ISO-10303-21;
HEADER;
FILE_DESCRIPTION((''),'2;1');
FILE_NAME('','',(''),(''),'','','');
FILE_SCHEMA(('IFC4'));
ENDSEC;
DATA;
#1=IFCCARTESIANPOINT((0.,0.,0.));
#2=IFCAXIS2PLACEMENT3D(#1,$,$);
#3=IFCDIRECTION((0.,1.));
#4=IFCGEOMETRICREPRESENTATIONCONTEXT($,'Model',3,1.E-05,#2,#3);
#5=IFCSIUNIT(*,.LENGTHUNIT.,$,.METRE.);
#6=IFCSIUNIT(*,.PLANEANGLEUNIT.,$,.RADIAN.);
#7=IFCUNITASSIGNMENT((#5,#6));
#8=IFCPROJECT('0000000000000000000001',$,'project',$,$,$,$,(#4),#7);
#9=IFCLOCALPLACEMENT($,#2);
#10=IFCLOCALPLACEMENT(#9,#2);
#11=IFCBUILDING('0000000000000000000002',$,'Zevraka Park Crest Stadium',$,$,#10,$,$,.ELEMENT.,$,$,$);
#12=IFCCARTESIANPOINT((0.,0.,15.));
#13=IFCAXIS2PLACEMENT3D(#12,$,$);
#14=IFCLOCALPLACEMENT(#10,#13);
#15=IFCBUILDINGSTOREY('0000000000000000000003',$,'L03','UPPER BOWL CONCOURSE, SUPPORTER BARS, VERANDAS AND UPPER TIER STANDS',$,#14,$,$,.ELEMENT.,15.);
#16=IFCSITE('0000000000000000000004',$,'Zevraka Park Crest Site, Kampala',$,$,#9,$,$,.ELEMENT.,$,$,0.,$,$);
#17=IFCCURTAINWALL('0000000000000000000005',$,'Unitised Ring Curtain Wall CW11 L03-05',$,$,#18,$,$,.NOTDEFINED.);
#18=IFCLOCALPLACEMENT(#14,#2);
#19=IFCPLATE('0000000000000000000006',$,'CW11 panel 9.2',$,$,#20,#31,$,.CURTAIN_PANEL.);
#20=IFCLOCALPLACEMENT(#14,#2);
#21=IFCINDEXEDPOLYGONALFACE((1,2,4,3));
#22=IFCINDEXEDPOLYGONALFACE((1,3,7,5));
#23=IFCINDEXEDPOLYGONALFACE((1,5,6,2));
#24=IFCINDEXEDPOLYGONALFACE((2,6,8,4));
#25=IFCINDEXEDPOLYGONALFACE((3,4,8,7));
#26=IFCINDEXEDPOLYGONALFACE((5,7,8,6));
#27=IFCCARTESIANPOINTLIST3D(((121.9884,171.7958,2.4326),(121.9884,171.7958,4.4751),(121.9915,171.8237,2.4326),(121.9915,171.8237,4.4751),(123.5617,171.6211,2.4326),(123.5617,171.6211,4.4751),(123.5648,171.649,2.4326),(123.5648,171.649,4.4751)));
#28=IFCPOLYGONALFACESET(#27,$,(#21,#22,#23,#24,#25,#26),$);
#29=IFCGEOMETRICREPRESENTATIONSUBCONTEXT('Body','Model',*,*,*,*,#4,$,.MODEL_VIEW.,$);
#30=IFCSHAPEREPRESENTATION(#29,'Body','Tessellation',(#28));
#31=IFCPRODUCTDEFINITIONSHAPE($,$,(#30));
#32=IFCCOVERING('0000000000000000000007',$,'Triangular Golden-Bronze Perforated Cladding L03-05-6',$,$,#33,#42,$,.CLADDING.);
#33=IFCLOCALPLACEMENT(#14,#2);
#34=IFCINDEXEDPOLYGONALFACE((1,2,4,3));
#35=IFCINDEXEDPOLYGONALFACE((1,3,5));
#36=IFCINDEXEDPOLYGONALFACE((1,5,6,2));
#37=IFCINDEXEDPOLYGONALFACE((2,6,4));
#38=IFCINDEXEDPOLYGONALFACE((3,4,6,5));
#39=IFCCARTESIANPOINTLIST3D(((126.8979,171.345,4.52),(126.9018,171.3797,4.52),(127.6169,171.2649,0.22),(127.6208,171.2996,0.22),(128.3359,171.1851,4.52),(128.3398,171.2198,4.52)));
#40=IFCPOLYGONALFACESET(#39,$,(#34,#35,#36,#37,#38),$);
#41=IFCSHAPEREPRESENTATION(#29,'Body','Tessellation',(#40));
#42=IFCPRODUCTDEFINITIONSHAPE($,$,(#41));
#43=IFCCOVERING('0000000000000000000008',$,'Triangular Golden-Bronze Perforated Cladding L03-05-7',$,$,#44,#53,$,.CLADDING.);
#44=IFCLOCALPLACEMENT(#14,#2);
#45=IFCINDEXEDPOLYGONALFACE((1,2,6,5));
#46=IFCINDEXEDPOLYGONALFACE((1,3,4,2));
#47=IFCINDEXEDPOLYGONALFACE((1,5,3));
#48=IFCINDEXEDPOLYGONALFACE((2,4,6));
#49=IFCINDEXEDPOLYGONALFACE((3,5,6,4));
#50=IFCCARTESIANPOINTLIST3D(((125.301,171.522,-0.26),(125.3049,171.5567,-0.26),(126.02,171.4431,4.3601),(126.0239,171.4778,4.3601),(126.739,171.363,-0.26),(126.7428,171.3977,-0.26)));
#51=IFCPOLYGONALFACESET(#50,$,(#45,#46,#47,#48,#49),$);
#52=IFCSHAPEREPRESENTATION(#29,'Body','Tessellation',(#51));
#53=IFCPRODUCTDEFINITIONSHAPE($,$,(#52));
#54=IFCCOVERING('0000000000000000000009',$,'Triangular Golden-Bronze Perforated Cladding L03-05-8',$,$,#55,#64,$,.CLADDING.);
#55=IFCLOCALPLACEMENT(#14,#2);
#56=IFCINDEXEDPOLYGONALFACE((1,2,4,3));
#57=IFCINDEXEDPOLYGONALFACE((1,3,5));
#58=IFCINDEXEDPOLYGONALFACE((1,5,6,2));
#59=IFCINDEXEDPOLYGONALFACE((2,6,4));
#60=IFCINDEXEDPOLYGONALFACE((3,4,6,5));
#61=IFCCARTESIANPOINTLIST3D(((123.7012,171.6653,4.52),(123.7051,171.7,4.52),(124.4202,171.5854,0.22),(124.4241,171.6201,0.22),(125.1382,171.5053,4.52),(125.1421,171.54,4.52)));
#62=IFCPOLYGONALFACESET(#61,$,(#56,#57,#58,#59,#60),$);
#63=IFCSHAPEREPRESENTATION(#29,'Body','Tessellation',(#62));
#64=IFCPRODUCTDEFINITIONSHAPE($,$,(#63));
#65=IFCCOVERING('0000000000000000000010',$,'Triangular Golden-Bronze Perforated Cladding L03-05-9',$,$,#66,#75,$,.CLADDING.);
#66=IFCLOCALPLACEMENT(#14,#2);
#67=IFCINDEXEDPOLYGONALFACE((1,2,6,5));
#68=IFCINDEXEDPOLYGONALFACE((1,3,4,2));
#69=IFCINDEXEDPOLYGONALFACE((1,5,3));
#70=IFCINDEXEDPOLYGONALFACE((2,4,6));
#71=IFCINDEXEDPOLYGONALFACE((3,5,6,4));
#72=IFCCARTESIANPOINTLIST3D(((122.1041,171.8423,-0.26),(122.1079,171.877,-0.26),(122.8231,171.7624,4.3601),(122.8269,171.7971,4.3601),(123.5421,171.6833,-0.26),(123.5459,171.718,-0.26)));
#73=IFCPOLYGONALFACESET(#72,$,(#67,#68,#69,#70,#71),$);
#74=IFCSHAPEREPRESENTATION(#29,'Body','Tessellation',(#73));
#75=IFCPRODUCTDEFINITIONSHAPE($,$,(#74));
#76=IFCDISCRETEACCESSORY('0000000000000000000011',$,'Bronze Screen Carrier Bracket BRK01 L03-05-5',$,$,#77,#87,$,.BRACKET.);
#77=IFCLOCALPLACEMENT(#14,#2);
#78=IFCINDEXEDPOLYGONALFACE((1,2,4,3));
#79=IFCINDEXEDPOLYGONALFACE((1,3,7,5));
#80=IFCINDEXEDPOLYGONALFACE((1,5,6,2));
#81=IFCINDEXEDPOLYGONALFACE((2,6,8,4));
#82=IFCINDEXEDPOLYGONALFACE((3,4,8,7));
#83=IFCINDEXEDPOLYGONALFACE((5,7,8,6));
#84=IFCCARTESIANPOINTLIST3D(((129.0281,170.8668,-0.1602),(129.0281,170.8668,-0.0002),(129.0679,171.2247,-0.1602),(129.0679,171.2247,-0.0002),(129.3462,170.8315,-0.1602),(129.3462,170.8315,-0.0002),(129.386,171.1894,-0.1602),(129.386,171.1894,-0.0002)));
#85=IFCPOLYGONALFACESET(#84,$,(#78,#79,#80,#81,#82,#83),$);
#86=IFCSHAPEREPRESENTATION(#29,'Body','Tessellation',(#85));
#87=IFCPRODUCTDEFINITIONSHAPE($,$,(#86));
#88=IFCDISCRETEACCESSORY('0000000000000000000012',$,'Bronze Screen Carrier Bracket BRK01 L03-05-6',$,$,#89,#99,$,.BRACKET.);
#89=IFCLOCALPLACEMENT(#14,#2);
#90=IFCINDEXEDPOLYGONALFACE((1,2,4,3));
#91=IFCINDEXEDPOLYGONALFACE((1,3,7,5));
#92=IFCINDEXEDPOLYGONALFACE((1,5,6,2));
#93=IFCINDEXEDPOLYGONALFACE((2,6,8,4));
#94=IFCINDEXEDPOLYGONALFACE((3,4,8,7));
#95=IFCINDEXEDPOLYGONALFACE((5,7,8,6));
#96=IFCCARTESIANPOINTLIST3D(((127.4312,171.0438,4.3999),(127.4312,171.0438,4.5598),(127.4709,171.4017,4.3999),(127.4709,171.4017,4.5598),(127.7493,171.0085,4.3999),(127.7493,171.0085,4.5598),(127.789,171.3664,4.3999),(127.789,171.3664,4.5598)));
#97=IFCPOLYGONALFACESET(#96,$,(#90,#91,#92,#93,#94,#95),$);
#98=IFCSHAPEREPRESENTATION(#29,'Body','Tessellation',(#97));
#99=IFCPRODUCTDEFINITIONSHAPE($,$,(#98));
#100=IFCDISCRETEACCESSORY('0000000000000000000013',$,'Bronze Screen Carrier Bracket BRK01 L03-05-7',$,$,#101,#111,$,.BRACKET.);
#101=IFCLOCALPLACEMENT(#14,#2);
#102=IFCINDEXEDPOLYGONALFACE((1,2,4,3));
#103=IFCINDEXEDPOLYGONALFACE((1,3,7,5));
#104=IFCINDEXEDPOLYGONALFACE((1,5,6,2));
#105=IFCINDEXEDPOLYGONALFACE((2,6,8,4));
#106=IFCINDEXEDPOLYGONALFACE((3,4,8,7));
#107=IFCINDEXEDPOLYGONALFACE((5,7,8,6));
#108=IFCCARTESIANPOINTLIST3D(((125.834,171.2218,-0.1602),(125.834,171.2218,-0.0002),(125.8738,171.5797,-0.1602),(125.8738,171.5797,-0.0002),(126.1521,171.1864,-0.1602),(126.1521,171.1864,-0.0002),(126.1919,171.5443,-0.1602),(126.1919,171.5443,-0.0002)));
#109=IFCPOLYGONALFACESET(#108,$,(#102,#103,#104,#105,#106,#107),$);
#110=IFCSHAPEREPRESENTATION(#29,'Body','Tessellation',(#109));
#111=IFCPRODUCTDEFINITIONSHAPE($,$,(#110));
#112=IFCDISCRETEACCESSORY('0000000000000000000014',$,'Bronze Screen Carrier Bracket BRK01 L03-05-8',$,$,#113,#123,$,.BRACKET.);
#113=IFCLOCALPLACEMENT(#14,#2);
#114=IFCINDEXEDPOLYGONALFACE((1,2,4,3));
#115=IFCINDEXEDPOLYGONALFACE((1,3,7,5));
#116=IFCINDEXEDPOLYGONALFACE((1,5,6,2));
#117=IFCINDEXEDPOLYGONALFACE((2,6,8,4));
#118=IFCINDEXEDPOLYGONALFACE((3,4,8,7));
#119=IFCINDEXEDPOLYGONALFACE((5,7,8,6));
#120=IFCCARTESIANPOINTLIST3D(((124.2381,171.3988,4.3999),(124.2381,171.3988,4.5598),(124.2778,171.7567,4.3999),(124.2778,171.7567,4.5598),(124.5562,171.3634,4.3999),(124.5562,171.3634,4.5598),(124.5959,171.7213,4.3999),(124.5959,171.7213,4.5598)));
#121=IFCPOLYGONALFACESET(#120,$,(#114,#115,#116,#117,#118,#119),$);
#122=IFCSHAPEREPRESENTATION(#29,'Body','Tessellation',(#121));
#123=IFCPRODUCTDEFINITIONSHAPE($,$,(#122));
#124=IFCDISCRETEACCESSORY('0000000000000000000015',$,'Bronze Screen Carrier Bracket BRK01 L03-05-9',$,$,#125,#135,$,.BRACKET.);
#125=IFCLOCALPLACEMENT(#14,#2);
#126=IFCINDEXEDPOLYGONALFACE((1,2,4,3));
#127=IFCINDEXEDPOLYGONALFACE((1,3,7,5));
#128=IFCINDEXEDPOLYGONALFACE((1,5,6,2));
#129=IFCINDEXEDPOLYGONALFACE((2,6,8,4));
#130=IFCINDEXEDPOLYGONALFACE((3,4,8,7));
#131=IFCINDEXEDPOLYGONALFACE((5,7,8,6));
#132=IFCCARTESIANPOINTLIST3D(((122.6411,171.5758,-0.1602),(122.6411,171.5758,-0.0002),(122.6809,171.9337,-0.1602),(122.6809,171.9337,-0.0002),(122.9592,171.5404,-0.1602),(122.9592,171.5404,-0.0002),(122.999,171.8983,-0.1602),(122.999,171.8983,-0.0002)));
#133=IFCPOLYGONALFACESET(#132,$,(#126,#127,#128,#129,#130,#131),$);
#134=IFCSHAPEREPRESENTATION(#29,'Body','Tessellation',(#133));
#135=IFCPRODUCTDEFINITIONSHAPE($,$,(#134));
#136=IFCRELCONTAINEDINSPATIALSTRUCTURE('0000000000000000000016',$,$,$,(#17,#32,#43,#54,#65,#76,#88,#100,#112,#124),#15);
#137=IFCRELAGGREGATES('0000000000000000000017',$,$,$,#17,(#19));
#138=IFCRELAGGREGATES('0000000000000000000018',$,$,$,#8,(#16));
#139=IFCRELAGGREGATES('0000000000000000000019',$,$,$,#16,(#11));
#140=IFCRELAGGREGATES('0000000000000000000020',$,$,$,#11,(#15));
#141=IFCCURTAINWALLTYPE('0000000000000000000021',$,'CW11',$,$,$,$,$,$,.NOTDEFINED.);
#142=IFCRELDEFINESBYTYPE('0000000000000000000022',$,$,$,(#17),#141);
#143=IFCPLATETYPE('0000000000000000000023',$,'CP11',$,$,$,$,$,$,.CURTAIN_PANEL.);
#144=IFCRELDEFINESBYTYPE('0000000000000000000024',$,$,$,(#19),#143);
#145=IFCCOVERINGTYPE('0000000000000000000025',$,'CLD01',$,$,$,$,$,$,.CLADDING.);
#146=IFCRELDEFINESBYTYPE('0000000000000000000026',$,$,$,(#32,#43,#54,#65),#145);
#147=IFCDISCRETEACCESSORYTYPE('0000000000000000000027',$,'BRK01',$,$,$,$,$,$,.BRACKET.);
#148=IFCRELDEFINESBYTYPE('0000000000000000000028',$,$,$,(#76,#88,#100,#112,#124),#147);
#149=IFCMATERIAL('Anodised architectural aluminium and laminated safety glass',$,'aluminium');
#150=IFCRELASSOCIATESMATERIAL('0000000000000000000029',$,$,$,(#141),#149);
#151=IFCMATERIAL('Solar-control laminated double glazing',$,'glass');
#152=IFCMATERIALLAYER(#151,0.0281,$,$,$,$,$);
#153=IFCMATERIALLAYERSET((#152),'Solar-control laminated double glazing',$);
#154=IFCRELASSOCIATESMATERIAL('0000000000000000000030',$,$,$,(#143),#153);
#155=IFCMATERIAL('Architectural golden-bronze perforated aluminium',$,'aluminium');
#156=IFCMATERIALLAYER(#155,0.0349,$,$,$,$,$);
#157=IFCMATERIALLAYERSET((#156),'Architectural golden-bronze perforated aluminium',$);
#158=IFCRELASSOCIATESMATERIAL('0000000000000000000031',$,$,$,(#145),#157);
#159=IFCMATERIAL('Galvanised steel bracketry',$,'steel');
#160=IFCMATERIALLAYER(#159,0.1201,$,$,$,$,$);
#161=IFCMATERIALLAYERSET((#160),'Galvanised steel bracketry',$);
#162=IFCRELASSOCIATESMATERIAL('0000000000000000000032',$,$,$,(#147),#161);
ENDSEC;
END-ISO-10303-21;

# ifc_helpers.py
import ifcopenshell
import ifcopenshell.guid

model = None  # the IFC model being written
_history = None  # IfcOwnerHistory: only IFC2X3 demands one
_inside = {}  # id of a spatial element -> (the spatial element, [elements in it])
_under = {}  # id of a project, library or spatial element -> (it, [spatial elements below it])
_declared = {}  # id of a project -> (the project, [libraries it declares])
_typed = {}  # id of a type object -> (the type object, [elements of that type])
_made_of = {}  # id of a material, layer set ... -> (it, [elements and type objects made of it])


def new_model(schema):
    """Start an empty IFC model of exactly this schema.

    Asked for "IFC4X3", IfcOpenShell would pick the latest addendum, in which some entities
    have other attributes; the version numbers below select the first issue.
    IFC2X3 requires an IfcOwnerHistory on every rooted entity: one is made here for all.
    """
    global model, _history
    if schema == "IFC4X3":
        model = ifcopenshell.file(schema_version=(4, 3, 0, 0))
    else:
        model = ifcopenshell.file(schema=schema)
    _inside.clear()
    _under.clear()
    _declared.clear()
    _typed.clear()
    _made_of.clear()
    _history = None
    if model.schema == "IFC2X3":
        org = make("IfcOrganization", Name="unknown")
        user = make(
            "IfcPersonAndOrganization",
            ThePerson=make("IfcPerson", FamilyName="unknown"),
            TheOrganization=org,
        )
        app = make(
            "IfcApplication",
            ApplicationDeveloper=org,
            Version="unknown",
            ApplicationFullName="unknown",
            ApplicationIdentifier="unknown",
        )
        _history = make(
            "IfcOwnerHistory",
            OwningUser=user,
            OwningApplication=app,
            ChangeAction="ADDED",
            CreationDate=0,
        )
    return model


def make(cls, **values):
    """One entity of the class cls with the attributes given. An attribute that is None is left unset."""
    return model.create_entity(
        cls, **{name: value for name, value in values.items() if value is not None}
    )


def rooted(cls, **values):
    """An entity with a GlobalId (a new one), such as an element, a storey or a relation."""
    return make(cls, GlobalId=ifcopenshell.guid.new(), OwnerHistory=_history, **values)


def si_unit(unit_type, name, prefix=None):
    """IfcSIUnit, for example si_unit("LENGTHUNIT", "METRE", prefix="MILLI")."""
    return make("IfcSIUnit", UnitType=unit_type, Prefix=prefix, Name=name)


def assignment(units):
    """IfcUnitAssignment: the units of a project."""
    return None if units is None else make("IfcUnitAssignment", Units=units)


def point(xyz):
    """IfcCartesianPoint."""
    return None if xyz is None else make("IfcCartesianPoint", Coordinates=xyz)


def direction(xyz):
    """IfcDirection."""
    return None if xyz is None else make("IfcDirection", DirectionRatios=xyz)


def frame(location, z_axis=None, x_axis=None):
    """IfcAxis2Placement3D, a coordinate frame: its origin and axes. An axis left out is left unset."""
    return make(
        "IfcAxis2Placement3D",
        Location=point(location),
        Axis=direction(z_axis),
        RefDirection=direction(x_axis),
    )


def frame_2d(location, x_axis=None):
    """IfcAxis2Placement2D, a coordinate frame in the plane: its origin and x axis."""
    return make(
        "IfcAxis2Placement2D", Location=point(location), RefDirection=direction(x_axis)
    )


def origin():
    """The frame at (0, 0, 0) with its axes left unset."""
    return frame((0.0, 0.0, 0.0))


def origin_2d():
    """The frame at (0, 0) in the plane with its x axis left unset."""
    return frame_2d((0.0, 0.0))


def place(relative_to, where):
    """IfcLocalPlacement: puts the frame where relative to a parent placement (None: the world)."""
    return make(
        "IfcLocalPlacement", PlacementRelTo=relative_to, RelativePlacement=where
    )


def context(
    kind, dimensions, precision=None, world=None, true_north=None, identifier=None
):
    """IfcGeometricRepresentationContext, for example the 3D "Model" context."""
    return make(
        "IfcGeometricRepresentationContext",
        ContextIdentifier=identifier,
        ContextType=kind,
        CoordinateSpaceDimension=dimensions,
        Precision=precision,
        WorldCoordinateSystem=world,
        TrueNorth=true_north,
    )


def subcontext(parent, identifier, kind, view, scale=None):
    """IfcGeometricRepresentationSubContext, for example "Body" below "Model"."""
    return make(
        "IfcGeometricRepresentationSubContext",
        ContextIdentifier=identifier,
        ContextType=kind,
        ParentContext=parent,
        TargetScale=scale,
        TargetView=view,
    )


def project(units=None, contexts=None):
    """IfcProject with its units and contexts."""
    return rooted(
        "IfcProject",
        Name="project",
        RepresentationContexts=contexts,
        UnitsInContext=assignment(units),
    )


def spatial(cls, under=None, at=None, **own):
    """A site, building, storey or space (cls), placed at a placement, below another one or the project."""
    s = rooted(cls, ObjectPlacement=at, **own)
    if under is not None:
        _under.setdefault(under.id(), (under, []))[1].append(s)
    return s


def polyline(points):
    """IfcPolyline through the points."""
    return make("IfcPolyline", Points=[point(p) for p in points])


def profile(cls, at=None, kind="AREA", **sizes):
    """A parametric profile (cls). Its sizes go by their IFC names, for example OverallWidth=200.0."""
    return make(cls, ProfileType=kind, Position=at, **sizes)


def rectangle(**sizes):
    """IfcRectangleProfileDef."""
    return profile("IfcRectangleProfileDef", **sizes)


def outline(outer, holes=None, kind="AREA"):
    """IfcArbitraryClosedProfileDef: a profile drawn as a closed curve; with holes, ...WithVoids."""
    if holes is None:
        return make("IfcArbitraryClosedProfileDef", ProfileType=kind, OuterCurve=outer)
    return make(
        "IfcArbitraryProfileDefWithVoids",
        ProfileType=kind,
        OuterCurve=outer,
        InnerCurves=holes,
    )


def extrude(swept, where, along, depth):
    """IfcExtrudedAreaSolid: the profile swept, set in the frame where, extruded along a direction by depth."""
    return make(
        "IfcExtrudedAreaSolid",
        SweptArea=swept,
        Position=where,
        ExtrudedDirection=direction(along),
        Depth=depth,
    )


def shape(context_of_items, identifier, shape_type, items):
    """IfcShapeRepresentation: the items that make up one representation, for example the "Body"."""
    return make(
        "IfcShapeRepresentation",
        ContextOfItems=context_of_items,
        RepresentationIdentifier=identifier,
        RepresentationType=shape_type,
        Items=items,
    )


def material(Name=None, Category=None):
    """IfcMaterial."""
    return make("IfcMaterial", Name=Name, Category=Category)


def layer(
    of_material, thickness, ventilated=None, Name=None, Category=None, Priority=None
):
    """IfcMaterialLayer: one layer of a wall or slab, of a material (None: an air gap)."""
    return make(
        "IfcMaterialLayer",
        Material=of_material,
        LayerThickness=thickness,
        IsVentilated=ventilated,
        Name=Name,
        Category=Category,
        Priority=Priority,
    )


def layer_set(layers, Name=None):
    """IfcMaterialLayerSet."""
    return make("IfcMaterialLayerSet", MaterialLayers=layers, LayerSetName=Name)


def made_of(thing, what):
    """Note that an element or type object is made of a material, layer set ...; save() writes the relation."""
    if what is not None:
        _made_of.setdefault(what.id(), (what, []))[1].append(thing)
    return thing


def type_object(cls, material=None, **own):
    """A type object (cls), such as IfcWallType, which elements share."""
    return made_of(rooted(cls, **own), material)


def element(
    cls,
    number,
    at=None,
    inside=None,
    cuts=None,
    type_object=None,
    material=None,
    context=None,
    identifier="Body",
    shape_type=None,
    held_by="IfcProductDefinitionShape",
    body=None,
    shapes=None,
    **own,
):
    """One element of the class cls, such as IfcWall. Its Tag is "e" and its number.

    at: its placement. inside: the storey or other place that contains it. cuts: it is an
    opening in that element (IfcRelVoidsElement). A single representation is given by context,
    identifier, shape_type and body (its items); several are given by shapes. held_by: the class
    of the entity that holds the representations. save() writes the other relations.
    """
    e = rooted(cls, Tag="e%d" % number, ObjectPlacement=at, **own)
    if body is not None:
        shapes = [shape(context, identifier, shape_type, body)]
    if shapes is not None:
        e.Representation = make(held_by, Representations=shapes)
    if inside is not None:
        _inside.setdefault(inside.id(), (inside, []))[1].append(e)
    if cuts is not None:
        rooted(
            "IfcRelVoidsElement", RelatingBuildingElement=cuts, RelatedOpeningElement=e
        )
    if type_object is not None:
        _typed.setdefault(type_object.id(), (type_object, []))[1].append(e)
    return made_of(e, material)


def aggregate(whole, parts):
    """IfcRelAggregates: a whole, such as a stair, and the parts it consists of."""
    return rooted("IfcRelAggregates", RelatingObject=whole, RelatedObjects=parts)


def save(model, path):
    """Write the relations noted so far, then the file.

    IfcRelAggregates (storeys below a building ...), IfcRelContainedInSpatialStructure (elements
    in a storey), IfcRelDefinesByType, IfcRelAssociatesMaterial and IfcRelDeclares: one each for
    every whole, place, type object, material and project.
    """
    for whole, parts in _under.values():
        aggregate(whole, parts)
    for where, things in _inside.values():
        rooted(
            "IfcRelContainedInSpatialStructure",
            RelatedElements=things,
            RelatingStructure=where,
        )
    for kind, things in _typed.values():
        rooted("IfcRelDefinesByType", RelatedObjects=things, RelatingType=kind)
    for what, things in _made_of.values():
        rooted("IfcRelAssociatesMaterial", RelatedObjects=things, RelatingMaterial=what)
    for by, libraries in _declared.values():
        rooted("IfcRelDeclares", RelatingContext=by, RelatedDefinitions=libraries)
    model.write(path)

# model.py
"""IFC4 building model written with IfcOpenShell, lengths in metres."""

from ifc_helpers import new_model, si_unit, direction, frame, origin, origin_2d, place, context, subcontext, project, spatial, polyline, rectangle, outline, extrude, material, layer, layer_set, type_object, element, aggregate, save


model = new_model("IFC4")

# Units and contexts
model_context = context("Model", 3, precision=1e-05, world=origin(), true_north=direction((0.0, 1.0)))
body_context = subcontext(model_context, "Body", "Model", "MODEL_VIEW")
ifc_project = project(units=[si_unit("LENGTHUNIT", "METRE"), si_unit("PLANEANGLEUNIT", "RADIAN")], contexts=[model_context])

# Site, building, storey
site_placement = place(None, origin())
site = spatial("IfcSite", under=ifc_project, at=site_placement, Name="Zevraka Park Crest Site, Kampala", CompositionType="ELEMENT", RefElevation=0.0)
building_placement = place(site_placement, origin())
building = spatial("IfcBuilding", under=site, at=building_placement, Name="Zevraka Park Crest Stadium", CompositionType="ELEMENT")
storey_placement = place(building_placement, frame((0.0, 0.0, 15.0)))
storey = spatial("IfcBuildingStorey", under=building, at=storey_placement, Name="L03", Description="UPPER BOWL CONCOURSE, SUPPORTER BARS, VERANDAS AND UPPER TIER STANDS", CompositionType="ELEMENT", Elevation=15.0)

# Curtain wall, plate
ifc_material_1 = material(Name="Anodised architectural aluminium and laminated safety glass", Category="aluminium")
curtain_wall_type = type_object("IfcCurtainWallType", Name="CW11", PredefinedType="NOTDEFINED", material=ifc_material_1)
curtain_wall_placement = place(storey_placement, origin())
curtain_wall = element("IfcCurtainWall", 1, at=curtain_wall_placement, inside=storey, type_object=curtain_wall_type, Name="Unitised Ring Curtain Wall CW11 L03-05", PredefinedType="NOTDEFINED")
ifc_material_2 = material(Name="Solar-control laminated double glazing", Category="glass")
ifc_layer_1 = layer(ifc_material_2, 0.0281)
ifc_layer_set_1 = layer_set([ifc_layer_1], Name="Solar-control laminated double glazing")
plate_type = type_object("IfcPlateType", Name="CP11", PredefinedType="CURTAIN_PANEL", material=ifc_layer_set_1)
plate_1_placement = place(storey_placement, frame((122.7766, 171.7224, 2.4326), z_axis=(0.0, 0.0, 1.0), x_axis=(-0.993888, 0.110396, 0.0)))
plate_1 = element("IfcPlate", 2, at=plate_1_placement, type_object=plate_type, Name="CW11 panel 9.2", PredefinedType="CURTAIN_PANEL", context=body_context, shape_type="SweptSolid", body=[
    extrude(rectangle(XDim=1.583, YDim=0.0281, at=origin_2d()), origin(), (0.0, 0.0, 1.0), 2.0425),
])
aggregate(curtain_wall, [plate_1])

# Coverings
ifc_material_3 = material(Name="Architectural golden-bronze perforated aluminium", Category="aluminium")
ifc_layer_2 = layer(ifc_material_3, 0.0349)
ifc_layer_set_2 = layer_set([ifc_layer_2], Name="Architectural golden-bronze perforated aluminium")
covering_type = type_object("IfcCoveringType", Name="CLD01", PredefinedType="CLADDING", material=ifc_layer_set_2)
covering_1_placement = place(storey_placement, frame((126.8979, 171.345, 4.52), z_axis=(-0.110524, -0.993873, 0.000028), x_axis=(0.993873, -0.110524, 0.0)))
element("IfcCovering", 3, at=covering_1_placement, inside=storey, type_object=covering_type, Name="Triangular Golden-Bronze Perforated Cladding L03-05-6", PredefinedType="CLADDING", context=body_context, shape_type="SweptSolid", body=[
    extrude(outline(polyline([(0.0, 0.0), (1.4469, 0.0), (0.7234, -4.3), (0.0, 0.0)])), origin(), (0.0, 0.0, -1.0), 0.0349),
])
covering_2_placement = place(storey_placement, frame((126.739, 171.363, -0.26), z_axis=(-0.109857, -0.993947, 0.000131), x_axis=(-0.993947, 0.109857, 0.0)))
element("IfcCovering", 4, at=covering_2_placement, inside=storey, type_object=covering_type, Name="Triangular Golden-Bronze Perforated Cladding L03-05-7", PredefinedType="CLADDING", context=body_context, shape_type="SweptSolid", body=[
    extrude(outline(polyline([(0.0, 0.0), (1.4467, 0.0), (0.7234, -4.6201), (0.0, 0.0)])), origin(), (0.0, 0.0, -1.0), 0.0349),
])
covering_3_placement = place(storey_placement, frame((123.7051, 171.7, 4.52), z_axis=(0.110598, 0.993865, 0.000041), x_axis=(0.993865, -0.110598, 0.0)))
element("IfcCovering", 5, at=covering_3_placement, inside=storey, type_object=covering_type, Name="Triangular Golden-Bronze Perforated Cladding L03-05-8", PredefinedType="CLADDING", context=body_context, shape_type="SweptSolid", body=[
    extrude(outline(polyline([(0.0, 0.0), (1.4459, 0.0), (0.7234, 4.3), (0.0, 0.0)])), origin(), (0.0, 0.0, -1.0), 0.0349),
])
covering_4_placement = place(storey_placement, frame((123.5459, 171.718, -0.26), z_axis=(0.109857, 0.993947, 0.000079), x_axis=(-0.993947, 0.109857, 0.0)))
element("IfcCovering", 6, at=covering_4_placement, inside=storey, type_object=covering_type, Name="Triangular Golden-Bronze Perforated Cladding L03-05-9", PredefinedType="CLADDING", context=body_context, shape_type="SweptSolid", body=[
    extrude(outline(polyline([(0.0, 0.0), (1.4467, 0.0), (0.7233, 4.6201), (0.0, 0.0)])), origin(), (0.0, 0.0, -1.0), 0.0349),
])

# Discrete accessories
ifc_material_4 = material(Name="Galvanised steel bracketry", Category="steel")
ifc_layer_3 = layer(ifc_material_4, 0.1201)
ifc_layer_set_3 = layer_set([ifc_layer_3], Name="Galvanised steel bracketry")
discrete_accessory_type = type_object("IfcDiscreteAccessoryType", Name="BRK01", PredefinedType="BRACKET", material=ifc_layer_set_3)
for number, where, z_axis, x_axis, name in (
    (7, (129.207, 171.0281, -0.1602), (0.0, 0.0, 1.0), (-0.993884, 0.110428, 0.0), "Bronze Screen Carrier Bracket BRK01 L03-05-5"),
    (8, (127.6101, 171.2051, 4.3999), (0.0, 0.0, 1.0), (-0.993884, 0.110428, 0.0), "Bronze Screen Carrier Bracket BRK01 L03-05-6"),
    (9, (126.0129, 171.3831, -0.1602), (0.0, 0.0, 1.0), (-0.993884, 0.110428, 0.0), "Bronze Screen Carrier Bracket BRK01 L03-05-7"),
    (10, (124.417, 171.5601, 4.3999), (0.0, 0.0, 1.0), (-0.993884, 0.110428, 0.0), "Bronze Screen Carrier Bracket BRK01 L03-05-8"),
    (11, (122.8201, 171.7371, -0.1602), (0.0, 0.0, 1.0), (-0.993884, 0.110428, 0.0), "Bronze Screen Carrier Bracket BRK01 L03-05-9"),
):
    element("IfcDiscreteAccessory", number, at=place(storey_placement, frame(where, z_axis=z_axis, x_axis=x_axis)), inside=storey, type_object=discrete_accessory_type, Name=name, PredefinedType="BRACKET", context=body_context, shape_type="SweptSolid", body=[
        extrude(rectangle(XDim=0.3201, YDim=0.3601, at=origin_2d()), origin(), (0.0, 0.0, 1.0), 0.1599),
    ])

save(model, "model.ifc")
